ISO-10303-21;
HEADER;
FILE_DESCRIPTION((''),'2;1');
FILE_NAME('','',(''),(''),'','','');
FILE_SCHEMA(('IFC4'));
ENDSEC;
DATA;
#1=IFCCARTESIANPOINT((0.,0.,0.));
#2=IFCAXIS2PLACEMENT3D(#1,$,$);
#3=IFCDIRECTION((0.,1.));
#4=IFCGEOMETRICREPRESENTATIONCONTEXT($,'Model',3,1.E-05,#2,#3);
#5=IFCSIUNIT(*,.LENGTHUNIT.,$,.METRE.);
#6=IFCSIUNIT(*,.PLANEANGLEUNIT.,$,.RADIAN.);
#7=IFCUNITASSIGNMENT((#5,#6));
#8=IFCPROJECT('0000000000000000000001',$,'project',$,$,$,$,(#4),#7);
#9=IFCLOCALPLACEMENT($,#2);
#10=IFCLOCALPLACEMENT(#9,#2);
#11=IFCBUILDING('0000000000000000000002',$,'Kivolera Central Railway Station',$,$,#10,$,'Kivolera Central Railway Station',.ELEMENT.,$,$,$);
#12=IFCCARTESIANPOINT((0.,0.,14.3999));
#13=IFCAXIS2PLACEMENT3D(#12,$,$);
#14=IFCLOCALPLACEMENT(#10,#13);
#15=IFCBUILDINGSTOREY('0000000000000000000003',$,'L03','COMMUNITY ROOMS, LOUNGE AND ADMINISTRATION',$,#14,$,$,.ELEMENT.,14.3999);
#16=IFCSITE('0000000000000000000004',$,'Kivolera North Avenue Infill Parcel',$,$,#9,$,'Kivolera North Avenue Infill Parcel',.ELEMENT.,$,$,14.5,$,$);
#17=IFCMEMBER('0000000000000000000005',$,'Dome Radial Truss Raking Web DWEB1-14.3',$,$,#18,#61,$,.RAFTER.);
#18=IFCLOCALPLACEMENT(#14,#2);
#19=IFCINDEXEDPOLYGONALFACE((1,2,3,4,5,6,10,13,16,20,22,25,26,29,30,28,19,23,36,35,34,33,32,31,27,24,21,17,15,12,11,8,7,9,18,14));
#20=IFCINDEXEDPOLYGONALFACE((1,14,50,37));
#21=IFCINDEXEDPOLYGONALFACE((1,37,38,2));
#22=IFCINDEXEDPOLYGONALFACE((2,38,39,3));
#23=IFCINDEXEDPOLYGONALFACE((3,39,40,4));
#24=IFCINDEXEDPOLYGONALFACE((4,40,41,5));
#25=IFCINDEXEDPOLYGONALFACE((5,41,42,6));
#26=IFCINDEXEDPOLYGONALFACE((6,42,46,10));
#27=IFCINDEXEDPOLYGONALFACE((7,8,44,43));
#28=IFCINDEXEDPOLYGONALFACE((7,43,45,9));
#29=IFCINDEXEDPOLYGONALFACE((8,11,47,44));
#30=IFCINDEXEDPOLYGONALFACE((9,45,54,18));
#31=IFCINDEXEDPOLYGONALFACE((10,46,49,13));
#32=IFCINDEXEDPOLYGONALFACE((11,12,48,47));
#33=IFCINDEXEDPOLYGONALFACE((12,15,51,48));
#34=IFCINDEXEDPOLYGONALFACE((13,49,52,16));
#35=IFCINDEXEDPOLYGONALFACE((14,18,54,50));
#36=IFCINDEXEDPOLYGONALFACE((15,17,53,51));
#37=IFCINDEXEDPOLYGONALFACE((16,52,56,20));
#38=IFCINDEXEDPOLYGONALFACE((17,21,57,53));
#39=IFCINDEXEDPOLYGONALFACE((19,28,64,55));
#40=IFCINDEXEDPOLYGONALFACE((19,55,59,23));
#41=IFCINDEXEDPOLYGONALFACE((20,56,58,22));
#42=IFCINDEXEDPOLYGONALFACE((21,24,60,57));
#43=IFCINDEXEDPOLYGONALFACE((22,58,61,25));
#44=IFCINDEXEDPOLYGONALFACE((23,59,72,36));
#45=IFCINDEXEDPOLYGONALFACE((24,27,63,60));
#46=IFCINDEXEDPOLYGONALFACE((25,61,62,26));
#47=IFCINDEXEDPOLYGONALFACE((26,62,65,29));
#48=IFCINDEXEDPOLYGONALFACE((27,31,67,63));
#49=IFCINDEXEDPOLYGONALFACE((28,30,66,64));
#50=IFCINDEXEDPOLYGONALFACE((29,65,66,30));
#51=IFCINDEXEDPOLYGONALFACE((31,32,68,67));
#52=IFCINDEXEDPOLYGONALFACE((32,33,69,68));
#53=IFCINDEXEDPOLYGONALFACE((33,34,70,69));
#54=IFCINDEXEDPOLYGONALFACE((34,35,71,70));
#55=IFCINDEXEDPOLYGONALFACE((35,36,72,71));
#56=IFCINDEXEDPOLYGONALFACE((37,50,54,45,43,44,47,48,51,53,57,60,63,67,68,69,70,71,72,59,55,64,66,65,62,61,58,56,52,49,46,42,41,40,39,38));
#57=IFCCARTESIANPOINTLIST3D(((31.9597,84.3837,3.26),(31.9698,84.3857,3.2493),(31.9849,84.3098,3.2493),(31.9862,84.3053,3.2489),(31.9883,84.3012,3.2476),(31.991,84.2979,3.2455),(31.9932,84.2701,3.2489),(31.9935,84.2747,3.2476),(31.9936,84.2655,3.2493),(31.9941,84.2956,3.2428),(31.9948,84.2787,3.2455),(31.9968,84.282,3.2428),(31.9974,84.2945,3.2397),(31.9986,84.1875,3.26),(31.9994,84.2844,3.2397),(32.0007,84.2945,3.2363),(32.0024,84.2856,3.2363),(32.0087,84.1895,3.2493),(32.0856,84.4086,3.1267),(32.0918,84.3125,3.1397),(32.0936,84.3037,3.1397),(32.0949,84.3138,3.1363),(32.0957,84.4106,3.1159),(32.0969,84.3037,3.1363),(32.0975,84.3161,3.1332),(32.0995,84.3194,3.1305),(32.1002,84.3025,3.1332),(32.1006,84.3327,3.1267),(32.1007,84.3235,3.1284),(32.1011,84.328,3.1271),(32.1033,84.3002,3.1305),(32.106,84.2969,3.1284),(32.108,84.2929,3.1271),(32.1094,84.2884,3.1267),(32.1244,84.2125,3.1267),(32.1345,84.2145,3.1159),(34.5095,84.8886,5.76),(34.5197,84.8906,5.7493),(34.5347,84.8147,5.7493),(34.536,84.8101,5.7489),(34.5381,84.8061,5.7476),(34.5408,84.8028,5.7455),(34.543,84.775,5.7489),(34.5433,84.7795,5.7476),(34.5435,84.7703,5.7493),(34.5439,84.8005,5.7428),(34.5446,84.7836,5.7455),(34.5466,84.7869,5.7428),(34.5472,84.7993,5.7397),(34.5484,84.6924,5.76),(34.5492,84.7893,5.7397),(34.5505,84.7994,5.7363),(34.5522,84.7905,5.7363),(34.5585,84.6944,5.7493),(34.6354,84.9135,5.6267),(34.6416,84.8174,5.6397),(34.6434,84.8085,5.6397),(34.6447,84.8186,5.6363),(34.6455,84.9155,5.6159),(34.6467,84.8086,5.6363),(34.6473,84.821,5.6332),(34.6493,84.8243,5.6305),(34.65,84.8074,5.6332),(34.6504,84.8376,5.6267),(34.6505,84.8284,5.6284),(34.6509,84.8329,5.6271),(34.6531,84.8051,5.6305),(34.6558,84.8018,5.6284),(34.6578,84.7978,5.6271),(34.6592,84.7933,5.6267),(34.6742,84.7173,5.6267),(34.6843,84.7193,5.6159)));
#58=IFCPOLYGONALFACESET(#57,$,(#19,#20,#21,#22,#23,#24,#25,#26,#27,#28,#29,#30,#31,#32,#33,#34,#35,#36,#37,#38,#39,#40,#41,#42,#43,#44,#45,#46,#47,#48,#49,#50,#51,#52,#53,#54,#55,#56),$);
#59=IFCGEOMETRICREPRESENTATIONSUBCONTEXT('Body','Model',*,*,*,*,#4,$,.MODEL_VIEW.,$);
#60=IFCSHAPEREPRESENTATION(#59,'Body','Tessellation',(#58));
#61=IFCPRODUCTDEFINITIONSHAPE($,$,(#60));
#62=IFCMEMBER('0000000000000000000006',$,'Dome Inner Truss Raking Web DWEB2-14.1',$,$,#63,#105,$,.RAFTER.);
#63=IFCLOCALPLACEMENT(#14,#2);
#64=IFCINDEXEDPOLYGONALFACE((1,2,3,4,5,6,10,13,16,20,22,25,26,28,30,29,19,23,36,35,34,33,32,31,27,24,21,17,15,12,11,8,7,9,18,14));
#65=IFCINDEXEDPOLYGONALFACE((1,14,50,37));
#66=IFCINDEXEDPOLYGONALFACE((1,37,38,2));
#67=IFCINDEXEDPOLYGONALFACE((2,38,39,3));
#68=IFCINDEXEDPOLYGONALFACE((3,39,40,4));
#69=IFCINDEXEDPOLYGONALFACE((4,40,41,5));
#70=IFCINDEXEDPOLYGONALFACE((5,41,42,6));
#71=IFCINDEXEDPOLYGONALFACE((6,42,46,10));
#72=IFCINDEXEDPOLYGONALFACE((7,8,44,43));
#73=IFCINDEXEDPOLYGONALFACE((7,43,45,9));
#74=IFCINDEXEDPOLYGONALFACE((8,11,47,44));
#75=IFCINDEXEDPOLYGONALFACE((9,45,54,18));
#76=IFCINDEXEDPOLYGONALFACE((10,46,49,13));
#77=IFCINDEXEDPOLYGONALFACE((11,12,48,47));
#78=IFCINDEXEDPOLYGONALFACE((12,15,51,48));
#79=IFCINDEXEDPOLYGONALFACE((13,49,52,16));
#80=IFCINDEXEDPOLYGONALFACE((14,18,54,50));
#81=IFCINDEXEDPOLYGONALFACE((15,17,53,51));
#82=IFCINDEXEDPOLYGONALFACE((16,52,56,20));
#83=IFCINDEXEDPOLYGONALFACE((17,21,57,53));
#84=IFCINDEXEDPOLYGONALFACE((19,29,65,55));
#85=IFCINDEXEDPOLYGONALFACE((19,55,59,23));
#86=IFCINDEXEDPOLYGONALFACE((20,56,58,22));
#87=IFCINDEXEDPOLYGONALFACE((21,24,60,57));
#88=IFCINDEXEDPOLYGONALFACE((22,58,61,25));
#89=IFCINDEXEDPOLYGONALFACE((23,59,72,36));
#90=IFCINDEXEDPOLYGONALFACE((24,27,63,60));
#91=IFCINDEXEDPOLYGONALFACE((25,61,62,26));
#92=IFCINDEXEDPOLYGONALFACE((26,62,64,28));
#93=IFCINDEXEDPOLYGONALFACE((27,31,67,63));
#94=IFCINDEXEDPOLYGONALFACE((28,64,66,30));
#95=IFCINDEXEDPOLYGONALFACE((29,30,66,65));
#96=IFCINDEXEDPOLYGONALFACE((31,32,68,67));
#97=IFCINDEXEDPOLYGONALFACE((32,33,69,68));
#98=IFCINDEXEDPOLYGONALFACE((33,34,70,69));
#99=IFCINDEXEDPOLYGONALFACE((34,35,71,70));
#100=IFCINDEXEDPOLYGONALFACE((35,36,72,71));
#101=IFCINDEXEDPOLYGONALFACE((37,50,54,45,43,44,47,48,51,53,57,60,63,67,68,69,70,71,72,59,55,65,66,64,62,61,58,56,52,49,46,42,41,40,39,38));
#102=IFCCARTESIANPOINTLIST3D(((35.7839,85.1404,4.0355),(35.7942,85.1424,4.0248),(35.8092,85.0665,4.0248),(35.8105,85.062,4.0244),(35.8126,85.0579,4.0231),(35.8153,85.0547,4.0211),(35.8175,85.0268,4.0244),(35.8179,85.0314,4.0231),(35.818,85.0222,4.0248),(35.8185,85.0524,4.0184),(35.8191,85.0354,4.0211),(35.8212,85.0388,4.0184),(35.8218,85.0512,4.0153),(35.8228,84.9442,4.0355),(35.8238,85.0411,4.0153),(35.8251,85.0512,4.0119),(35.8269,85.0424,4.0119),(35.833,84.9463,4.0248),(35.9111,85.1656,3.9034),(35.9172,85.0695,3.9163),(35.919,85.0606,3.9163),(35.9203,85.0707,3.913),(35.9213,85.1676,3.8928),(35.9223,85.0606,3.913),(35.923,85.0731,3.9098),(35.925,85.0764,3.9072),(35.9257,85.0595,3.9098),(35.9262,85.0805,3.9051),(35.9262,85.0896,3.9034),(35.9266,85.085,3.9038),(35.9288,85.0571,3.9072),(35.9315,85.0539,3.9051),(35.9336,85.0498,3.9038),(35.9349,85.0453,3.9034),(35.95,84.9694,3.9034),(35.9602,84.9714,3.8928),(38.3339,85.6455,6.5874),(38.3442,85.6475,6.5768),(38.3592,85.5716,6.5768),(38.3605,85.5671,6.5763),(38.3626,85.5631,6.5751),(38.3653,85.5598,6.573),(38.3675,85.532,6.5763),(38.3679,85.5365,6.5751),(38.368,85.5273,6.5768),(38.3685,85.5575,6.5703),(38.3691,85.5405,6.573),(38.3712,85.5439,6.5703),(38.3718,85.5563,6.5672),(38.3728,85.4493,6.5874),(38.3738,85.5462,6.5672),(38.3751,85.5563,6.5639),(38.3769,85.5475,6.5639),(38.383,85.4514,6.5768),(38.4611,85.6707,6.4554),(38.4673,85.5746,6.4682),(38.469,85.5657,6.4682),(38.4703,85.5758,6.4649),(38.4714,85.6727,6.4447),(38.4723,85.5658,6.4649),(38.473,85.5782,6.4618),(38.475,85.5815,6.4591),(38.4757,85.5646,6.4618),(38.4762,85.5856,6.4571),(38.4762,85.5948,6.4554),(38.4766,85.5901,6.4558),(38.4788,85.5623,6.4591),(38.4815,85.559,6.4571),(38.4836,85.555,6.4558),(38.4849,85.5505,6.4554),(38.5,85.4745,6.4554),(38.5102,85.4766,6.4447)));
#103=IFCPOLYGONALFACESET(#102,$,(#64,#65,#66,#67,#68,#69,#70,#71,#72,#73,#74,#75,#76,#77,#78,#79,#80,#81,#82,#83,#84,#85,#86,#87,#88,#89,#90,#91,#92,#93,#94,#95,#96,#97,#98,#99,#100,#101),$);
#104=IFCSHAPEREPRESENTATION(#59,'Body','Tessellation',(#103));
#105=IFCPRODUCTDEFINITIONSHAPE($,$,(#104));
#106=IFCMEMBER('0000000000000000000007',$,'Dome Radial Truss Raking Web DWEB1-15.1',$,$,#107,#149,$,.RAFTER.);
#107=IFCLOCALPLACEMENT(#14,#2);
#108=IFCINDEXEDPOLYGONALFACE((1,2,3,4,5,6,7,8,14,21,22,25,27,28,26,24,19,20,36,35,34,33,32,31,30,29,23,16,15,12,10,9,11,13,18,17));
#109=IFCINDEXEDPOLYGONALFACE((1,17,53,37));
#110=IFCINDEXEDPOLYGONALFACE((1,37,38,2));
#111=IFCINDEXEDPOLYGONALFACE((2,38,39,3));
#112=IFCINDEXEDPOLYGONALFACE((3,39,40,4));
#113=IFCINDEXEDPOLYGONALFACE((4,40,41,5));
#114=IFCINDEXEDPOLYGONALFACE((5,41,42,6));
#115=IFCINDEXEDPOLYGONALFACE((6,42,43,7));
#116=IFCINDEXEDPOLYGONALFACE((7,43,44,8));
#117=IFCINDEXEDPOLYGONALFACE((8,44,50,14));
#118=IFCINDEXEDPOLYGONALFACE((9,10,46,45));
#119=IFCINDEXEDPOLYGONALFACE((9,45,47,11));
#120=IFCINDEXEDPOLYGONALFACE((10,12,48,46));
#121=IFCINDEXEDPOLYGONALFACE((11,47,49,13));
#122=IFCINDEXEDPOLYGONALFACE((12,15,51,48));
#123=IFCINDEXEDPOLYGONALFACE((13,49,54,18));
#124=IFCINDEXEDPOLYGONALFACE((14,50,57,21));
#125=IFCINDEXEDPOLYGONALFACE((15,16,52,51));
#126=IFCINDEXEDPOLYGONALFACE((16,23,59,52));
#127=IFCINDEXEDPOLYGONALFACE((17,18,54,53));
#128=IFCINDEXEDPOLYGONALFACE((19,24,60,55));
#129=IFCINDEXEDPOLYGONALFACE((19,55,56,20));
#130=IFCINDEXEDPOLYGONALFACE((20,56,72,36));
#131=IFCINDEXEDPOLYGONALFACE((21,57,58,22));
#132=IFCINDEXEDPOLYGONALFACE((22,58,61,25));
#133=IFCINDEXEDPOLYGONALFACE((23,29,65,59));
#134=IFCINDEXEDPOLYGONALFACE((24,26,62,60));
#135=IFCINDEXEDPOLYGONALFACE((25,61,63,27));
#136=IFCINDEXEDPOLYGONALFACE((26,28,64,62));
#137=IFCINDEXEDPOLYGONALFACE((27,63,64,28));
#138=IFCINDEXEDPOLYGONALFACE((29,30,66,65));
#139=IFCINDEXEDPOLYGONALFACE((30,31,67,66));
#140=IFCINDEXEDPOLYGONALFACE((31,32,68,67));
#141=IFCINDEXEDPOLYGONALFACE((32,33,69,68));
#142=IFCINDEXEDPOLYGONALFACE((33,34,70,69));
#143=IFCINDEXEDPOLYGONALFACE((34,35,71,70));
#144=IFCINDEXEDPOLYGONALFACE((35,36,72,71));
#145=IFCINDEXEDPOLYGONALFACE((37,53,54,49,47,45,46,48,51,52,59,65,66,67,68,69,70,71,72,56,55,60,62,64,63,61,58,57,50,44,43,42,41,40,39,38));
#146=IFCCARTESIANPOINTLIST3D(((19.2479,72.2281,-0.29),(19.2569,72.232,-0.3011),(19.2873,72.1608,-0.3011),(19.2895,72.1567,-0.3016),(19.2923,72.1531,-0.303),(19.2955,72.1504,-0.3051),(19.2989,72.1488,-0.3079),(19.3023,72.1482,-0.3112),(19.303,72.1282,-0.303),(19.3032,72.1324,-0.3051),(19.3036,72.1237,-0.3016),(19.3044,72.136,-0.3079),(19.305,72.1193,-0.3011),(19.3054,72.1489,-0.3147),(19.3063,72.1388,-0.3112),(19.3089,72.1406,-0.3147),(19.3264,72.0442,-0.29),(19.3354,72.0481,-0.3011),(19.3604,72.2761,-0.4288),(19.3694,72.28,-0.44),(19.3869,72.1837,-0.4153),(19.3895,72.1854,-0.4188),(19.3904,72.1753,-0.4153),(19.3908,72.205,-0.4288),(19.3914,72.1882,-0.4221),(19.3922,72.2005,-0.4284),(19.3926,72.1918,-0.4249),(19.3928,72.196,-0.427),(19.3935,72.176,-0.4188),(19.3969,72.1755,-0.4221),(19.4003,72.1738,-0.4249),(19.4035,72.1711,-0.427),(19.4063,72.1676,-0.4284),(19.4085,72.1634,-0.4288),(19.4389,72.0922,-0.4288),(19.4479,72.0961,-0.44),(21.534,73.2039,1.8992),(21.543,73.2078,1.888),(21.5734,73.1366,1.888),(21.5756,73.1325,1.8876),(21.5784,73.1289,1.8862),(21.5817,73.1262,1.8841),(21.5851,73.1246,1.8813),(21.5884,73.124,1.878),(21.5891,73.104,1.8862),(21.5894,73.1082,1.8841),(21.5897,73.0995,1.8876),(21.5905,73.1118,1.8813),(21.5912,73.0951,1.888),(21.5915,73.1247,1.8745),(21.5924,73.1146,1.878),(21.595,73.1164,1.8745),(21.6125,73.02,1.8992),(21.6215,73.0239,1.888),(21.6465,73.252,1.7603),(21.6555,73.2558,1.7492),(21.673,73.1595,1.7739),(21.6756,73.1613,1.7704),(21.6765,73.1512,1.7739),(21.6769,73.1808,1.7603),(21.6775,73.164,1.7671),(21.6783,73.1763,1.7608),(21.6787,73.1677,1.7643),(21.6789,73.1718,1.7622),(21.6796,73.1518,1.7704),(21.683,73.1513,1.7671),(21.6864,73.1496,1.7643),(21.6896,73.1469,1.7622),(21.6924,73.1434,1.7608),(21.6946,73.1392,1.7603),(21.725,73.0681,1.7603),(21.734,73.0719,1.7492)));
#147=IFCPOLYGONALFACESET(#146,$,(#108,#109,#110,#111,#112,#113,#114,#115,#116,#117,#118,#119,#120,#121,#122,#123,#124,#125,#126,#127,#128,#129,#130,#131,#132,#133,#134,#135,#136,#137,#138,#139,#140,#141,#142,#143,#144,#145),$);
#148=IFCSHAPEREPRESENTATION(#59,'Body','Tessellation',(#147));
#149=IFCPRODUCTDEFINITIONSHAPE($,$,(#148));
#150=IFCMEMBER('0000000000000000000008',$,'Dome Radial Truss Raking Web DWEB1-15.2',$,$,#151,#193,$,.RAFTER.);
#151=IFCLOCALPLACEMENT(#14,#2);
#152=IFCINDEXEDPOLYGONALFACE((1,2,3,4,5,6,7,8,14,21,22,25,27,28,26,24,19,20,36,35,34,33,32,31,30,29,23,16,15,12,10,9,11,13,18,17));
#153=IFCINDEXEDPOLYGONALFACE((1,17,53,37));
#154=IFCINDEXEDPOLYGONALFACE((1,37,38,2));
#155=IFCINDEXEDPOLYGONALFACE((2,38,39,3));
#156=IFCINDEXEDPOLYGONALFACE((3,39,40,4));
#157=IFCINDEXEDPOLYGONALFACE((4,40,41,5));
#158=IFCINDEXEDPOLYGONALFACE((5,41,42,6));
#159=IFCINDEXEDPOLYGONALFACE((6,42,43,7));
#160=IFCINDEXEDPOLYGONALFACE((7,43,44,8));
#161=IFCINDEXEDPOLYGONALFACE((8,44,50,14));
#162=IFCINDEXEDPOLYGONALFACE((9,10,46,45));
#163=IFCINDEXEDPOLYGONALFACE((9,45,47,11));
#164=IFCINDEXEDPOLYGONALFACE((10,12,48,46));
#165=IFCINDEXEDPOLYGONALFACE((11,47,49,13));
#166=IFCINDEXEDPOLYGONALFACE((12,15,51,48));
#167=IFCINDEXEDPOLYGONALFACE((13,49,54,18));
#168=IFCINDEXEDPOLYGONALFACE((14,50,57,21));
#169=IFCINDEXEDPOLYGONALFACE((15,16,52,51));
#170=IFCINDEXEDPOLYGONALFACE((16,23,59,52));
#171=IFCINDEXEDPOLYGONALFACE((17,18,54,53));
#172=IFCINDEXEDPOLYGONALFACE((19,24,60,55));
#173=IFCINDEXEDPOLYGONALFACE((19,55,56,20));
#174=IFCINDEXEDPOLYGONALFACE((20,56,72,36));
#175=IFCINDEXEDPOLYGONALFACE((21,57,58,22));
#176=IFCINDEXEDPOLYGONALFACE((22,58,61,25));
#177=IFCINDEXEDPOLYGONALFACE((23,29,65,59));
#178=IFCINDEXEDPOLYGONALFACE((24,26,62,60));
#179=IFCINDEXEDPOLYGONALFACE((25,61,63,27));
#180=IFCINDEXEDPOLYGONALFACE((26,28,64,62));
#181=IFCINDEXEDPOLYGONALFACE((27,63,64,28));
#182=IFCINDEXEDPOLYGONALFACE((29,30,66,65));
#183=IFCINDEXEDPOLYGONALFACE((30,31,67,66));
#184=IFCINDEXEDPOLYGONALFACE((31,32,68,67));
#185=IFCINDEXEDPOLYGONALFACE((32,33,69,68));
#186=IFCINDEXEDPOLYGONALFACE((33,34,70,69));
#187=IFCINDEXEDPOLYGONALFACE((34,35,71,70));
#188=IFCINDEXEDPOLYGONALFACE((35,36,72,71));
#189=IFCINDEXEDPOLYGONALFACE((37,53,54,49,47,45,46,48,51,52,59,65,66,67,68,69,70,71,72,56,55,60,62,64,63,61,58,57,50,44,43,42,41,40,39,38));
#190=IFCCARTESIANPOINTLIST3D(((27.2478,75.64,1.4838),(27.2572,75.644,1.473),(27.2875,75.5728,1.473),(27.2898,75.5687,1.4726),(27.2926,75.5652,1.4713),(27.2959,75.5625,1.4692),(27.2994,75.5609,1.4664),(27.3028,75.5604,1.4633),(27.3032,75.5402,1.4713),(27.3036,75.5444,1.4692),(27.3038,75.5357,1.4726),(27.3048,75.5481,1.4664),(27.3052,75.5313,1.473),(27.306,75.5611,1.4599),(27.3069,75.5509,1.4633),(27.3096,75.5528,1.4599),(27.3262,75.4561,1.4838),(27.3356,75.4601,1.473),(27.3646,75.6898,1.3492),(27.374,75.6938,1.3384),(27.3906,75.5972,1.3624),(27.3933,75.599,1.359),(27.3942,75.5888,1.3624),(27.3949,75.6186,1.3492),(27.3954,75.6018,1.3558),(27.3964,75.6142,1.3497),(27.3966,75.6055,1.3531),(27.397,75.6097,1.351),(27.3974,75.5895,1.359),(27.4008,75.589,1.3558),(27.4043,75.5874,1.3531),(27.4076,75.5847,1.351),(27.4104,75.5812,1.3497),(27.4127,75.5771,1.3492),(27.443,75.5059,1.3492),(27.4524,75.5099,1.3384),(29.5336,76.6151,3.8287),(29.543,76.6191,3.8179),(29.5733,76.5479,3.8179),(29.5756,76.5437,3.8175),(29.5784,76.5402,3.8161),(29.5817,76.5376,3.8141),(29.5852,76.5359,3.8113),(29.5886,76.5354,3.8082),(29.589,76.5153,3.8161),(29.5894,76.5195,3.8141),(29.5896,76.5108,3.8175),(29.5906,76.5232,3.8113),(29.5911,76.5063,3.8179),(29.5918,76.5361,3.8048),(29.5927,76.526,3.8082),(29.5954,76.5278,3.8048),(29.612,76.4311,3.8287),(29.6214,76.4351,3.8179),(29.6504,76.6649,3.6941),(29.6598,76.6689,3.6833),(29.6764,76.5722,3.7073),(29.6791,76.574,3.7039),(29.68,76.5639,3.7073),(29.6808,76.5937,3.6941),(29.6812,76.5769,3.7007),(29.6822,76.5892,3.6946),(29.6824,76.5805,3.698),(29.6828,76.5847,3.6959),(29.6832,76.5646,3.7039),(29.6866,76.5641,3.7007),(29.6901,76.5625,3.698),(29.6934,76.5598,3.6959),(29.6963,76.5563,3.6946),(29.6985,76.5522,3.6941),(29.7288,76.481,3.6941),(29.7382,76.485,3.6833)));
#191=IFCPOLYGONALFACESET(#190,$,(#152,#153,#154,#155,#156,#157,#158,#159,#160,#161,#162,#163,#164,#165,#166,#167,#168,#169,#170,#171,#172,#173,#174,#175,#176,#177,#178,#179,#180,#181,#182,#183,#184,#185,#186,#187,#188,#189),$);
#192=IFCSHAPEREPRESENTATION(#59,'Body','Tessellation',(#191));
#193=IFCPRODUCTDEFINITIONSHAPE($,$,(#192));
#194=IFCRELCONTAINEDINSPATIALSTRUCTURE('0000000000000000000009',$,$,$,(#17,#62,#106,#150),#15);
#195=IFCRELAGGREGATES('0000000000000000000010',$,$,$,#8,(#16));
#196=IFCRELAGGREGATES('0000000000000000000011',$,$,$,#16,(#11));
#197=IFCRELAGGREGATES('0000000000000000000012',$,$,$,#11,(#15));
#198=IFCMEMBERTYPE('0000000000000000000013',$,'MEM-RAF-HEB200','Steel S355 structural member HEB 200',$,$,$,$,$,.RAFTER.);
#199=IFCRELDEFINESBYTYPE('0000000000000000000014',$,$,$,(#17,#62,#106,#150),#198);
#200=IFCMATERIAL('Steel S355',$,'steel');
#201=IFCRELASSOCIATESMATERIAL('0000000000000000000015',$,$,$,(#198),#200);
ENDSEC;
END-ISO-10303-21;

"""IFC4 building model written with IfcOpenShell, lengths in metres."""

from ifc_helpers import new_model, si_unit, direction, frame, origin, origin_2d, place, context, subcontext, project, spatial, i_section, extrude, material, material_profile, profile_set, type_object, element, save


model = new_model("IFC4")

# Units and contexts
model_context = context("Model", 3, precision=1e-05, world=origin(), true_north=direction((0.0, 1.0)))
body_context = subcontext(model_context, "Body", "Model", "MODEL_VIEW")
ifc_project = project(units=[si_unit("LENGTHUNIT", "METRE"), si_unit("PLANEANGLEUNIT", "RADIAN")], contexts=[model_context])

# Site, building, storey
site_placement = place(None, origin())
site = spatial("IfcSite", under=ifc_project, at=site_placement, Name="Kivolera North Avenue Infill Parcel", LongName="Kivolera North Avenue Infill Parcel", CompositionType="ELEMENT", RefElevation=14.5)
building_placement = place(site_placement, origin())
building = spatial("IfcBuilding", under=site, at=building_placement, Name="Kivolera Central Railway Station", LongName="Kivolera Central Railway Station", CompositionType="ELEMENT")
storey_placement = place(building_placement, frame((0.0, 0.0, 14.3999)))
storey = spatial("IfcBuildingStorey", under=building, at=storey_placement, Name="L03", Description="COMMUNITY ROOMS, LOUNGE AND ADMINISTRATION", CompositionType="ELEMENT", Elevation=14.3999)

# Shared definitions
ifc_material_1 = material(Name="Steel S355", Category="steel")

# Members
ifc_material_profile_1 = material_profile(ifc_material_1, i_section(OverallWidth=0.2, OverallDepth=0.2, WebThickness=0.009, FlangeThickness=0.0149, FilletRadius=0.0181, at=origin_2d()), Name="HEB 200")
ifc_profile_set_1 = profile_set([ifc_material_profile_1], Name="Steel S355")
member_type_1 = type_object("IfcMemberType", Name="MEM-RAF-HEB200", Description="Steel S355 structural member HEB 200", PredefinedType="RAFTER", material=ifc_profile_set_1)
member_1_placement = place(storey_placement, frame((32.0471, 84.2991, 3.188), z_axis=(0.707014, 0.139995, 0.693204), x_axis=(-0.194237, 0.980955, 0.0)))
element("IfcMember", 1, at=member_1_placement, inside=storey, type_object=member_type_1, Name="Dome Radial Truss Raking Web DWEB1-14.3", PredefinedType="RAFTER", context=body_context, shape_type="SweptSolid", body=[
    extrude(i_section(OverallWidth=0.2, OverallDepth=0.2, WebThickness=0.009, FlangeThickness=0.0149, FilletRadius=0.0181, at=origin_2d()), origin(), (0.0, 0.0, 1.0), 3.6064),
])
member_2_placement = place(storey_placement, frame((35.8721, 85.0559, 3.9641), z_axis=(0.700008, 0.138661, 0.700544), x_axis=(-0.19431, 0.98094, 0.0)))
element("IfcMember", 2, at=member_2_placement, inside=storey, type_object=member_type_1, Name="Dome Inner Truss Raking Web DWEB2-14.1", PredefinedType="RAFTER", context=body_context, shape_type="SweptSolid", body=[
    extrude(i_section(OverallWidth=0.2, OverallDepth=0.2, WebThickness=0.009, FlangeThickness=0.0149, FilletRadius=0.0181, at=origin_2d()), origin(), (0.0, 0.0, 1.0), 3.6428),
])
member_3_placement = place(storey_placement, frame((19.3479, 72.1621, -0.365), z_axis=(0.690196, 0.294609, 0.660935), x_axis=(-0.392579, 0.919718, 0.0)))
element("IfcMember", 3, at=member_3_placement, inside=storey, type_object=member_type_1, Name="Dome Radial Truss Raking Web DWEB1-15.1", PredefinedType="RAFTER", context=body_context, shape_type="SweptSolid", body=[
    extrude(i_section(OverallWidth=0.2, OverallDepth=0.2, WebThickness=0.009, FlangeThickness=0.0149, FilletRadius=0.0181, at=origin_2d()), origin(), (0.0, 0.0, 1.0), 3.3123),
])
member_4_placement = place(storey_placement, frame((27.3501, 75.575, 1.4111), z_axis=(0.669001, 0.285378, 0.686292), x_axis=(-0.392366, 0.919809, 0.0)))
element("IfcMember", 4, at=member_4_placement, inside=storey, type_object=member_type_1, Name="Dome Radial Truss Raking Web DWEB1-15.2", PredefinedType="RAFTER", context=body_context, shape_type="SweptSolid", body=[
    extrude(i_section(OverallWidth=0.2, OverallDepth=0.2, WebThickness=0.009, FlangeThickness=0.0149, FilletRadius=0.0181, at=origin_2d()), origin(), (0.0, 0.0, 1.0), 3.4167),
])

save(model, "model.ifc")
